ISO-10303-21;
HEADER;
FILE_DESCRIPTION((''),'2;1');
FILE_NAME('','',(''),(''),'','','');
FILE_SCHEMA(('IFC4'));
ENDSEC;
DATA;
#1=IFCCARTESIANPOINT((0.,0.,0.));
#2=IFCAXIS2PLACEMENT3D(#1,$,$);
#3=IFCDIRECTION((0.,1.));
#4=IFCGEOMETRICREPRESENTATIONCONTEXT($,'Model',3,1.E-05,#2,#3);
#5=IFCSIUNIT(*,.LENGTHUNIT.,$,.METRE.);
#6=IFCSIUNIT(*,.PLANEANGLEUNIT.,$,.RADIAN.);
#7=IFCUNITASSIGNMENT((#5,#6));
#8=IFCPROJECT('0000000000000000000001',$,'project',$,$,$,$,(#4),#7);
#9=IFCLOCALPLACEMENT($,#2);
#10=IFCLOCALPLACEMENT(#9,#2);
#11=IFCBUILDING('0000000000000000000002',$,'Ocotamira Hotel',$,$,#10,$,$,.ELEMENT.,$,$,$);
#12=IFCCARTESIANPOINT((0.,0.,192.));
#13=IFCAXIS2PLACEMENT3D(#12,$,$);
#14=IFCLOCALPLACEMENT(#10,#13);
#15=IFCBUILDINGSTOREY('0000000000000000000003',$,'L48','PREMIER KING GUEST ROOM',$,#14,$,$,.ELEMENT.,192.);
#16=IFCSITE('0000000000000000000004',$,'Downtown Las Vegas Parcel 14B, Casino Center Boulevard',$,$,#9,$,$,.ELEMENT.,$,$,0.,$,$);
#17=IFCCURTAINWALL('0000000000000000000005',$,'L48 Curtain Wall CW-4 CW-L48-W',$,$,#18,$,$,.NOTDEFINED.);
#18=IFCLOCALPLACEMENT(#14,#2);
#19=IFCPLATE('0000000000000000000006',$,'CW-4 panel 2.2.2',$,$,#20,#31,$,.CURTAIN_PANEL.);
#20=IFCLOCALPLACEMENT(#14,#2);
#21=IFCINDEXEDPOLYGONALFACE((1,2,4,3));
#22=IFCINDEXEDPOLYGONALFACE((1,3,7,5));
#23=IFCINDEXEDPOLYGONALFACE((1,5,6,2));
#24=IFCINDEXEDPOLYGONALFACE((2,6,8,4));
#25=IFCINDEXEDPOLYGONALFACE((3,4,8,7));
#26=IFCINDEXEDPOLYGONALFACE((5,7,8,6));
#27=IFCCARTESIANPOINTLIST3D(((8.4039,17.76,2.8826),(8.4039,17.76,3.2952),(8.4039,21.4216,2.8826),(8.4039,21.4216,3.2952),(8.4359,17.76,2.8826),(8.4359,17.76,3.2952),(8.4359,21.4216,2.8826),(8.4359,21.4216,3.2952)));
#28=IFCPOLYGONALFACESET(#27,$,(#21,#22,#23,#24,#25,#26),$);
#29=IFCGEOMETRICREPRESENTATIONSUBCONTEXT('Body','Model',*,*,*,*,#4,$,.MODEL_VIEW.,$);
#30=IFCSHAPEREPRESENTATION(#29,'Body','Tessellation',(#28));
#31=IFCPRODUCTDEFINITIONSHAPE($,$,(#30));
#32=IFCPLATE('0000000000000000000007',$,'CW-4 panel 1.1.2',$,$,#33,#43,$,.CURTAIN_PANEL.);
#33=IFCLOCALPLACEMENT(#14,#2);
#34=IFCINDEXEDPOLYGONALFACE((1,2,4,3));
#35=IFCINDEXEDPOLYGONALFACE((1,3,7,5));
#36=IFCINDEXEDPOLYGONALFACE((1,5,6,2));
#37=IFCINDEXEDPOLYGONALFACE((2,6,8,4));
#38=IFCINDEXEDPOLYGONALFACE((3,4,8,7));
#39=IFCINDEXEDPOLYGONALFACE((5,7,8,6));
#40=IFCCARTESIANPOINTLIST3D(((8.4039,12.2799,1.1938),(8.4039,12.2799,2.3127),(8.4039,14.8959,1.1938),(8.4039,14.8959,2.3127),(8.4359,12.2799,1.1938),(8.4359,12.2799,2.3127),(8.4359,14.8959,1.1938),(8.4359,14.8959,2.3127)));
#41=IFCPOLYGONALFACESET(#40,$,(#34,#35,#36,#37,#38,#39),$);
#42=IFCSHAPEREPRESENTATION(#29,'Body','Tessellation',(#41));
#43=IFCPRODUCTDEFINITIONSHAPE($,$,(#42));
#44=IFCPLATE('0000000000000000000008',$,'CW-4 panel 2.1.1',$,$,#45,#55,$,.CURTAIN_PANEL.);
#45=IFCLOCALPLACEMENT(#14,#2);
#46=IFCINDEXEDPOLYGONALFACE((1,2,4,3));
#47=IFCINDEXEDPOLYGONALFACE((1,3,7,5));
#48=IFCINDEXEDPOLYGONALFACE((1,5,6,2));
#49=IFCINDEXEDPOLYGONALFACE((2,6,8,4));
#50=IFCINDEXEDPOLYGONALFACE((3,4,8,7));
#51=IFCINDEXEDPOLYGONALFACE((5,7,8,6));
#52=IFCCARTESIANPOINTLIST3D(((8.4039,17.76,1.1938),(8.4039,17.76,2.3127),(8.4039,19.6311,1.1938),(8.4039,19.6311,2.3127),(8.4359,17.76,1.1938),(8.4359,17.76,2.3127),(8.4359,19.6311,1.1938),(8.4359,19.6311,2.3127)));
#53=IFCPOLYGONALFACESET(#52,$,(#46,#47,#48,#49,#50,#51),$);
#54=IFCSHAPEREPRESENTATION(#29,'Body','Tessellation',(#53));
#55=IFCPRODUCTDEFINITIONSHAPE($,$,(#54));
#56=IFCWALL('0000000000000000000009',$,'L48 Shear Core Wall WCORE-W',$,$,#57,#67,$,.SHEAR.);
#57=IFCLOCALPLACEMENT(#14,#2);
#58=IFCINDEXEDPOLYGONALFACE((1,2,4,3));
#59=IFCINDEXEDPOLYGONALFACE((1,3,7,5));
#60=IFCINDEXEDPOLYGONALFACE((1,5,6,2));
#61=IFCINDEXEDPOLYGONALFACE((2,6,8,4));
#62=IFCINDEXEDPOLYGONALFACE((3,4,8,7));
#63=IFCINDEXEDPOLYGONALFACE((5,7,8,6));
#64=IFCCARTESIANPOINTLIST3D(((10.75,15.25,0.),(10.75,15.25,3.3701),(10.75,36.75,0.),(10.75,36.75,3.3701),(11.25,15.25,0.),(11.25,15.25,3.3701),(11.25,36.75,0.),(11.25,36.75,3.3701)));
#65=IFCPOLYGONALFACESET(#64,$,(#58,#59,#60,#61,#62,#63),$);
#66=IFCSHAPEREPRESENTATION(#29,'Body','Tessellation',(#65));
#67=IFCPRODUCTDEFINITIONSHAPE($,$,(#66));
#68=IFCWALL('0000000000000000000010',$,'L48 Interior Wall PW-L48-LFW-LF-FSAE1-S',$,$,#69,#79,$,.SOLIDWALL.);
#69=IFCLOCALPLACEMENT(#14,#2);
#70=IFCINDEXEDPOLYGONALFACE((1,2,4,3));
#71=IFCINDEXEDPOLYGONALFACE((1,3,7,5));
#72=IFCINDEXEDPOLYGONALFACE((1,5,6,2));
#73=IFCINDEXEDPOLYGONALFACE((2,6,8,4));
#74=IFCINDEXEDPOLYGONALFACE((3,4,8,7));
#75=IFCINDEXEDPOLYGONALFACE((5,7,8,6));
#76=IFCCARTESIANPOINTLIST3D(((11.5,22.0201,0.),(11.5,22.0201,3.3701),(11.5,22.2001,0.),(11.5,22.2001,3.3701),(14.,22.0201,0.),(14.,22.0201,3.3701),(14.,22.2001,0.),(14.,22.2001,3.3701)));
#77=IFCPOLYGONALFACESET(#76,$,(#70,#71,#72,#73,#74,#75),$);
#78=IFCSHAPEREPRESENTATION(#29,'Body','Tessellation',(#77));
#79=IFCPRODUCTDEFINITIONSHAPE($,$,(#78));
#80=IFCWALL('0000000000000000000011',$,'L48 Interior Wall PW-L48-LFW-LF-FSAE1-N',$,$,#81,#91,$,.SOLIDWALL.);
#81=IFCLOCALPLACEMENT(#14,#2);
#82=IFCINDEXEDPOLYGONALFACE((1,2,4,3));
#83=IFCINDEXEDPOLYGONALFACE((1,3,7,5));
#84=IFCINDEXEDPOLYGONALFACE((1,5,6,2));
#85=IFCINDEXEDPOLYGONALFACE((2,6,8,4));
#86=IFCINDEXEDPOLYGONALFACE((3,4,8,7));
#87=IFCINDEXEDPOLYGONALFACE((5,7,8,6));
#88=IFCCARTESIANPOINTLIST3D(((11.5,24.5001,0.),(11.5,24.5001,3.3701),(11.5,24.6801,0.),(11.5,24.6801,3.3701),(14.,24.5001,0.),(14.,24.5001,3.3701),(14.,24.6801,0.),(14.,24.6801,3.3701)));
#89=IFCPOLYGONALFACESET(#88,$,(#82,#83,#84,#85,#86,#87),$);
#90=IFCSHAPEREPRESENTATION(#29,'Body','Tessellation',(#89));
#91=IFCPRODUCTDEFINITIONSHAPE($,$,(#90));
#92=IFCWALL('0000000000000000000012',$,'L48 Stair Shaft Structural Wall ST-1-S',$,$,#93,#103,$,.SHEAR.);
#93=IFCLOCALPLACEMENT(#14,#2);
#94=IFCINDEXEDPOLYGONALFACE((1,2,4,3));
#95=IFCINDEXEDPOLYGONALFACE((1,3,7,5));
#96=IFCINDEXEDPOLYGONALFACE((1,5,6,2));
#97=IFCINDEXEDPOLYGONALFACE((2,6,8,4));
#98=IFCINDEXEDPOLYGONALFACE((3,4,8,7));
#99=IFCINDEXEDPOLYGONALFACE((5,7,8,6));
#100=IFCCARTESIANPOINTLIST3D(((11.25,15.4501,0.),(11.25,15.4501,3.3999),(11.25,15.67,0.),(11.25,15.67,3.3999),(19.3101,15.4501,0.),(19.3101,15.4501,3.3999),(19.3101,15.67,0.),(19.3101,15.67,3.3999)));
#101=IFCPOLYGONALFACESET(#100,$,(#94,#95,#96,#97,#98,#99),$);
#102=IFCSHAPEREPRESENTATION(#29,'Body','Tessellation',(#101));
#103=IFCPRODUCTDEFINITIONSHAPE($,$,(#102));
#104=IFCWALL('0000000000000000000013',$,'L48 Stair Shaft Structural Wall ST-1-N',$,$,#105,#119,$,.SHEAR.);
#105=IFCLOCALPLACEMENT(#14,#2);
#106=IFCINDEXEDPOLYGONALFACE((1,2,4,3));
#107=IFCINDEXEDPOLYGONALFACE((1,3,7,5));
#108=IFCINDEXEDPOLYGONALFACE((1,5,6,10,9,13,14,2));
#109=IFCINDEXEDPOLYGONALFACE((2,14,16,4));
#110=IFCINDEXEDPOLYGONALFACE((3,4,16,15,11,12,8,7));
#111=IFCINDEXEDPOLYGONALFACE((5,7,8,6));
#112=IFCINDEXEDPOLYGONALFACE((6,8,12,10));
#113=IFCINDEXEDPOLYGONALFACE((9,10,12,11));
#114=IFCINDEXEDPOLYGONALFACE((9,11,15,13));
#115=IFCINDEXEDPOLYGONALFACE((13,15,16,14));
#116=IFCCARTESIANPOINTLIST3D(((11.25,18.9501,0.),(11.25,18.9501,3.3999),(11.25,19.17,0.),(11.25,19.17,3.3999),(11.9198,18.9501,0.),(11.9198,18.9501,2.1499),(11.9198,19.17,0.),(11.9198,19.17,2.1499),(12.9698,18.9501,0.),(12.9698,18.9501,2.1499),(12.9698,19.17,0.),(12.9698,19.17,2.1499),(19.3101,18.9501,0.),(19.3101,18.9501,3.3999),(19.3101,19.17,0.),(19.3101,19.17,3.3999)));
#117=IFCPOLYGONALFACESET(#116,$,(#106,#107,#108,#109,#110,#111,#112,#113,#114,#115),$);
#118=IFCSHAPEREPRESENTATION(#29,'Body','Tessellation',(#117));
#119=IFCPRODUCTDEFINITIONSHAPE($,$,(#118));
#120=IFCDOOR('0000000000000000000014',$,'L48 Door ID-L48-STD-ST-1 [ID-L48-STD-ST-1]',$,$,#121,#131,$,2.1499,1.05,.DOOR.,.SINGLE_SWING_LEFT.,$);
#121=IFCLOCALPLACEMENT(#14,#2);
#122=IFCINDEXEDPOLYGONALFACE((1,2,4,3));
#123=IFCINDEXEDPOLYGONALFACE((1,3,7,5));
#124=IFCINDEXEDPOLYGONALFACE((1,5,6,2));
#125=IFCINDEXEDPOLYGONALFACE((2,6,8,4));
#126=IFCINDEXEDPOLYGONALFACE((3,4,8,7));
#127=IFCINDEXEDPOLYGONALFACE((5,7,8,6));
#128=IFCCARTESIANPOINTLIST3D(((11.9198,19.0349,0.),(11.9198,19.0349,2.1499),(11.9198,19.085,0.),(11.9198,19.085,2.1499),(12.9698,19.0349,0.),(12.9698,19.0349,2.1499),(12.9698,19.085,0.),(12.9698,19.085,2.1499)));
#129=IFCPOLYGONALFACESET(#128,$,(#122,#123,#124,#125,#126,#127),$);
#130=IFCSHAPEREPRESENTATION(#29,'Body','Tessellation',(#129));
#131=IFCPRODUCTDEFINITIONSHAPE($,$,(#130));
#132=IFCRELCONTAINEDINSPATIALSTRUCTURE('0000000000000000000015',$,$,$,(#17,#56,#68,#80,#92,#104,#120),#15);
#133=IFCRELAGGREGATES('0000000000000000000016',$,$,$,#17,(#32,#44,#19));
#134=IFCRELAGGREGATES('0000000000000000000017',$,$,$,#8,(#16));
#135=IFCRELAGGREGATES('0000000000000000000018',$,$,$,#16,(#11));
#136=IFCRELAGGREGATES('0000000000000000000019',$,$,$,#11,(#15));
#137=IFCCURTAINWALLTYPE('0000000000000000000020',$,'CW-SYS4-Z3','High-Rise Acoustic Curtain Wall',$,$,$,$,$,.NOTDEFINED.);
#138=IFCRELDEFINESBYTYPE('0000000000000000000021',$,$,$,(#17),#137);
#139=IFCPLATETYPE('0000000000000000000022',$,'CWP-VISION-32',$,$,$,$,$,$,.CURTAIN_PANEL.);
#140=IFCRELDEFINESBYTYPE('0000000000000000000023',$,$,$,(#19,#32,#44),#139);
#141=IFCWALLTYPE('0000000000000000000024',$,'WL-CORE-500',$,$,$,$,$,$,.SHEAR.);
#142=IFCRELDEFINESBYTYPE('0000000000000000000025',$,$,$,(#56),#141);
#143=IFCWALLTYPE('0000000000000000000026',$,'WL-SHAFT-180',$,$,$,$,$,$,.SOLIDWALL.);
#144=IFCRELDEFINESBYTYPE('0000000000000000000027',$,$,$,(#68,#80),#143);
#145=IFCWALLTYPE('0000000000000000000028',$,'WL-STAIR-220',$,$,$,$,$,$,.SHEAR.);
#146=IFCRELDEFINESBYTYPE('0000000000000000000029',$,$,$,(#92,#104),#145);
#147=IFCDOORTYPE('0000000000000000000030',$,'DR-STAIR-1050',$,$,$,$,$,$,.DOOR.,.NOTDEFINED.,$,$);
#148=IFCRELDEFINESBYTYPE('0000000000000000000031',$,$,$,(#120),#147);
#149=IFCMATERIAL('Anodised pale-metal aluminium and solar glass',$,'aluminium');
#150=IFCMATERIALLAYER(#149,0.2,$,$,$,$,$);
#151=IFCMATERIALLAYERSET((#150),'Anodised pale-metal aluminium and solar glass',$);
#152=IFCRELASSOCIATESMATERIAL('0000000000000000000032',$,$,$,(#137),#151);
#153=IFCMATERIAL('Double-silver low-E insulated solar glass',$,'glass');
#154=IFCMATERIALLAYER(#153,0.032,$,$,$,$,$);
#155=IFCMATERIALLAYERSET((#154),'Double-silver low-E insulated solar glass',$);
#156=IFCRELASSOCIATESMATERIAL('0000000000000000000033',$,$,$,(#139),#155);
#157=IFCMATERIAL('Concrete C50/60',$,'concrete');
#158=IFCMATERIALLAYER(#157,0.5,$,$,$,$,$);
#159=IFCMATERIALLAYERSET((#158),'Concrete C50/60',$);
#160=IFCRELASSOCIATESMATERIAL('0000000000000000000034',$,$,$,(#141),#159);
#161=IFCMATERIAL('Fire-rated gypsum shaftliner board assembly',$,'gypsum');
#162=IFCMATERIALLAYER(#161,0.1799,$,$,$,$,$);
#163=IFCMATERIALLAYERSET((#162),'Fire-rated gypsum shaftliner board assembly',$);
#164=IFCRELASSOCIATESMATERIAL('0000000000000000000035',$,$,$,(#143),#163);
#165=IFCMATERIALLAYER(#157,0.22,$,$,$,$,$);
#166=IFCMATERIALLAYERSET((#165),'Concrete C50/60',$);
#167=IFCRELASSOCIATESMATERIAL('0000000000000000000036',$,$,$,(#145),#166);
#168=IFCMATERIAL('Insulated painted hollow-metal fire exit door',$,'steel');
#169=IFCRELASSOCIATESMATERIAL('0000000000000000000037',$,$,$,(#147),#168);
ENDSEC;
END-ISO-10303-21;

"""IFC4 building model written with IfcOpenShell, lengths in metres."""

from ifc_helpers import new_model, si_unit, direction, frame, frame_2d, origin, origin_2d, place, context, subcontext, project, spatial, rectangle, extrude, source, transform, mapped, material, layer, layer_set, type_object, element, fill, aggregate, save


model = new_model("IFC4")

# Units and contexts
model_context = context("Model", 3, precision=1e-05, world=origin(), true_north=direction((0.0, 1.0)))
body_context = subcontext(model_context, "Body", "Model", "MODEL_VIEW")
ifc_project = project(units=[si_unit("LENGTHUNIT", "METRE"), si_unit("PLANEANGLEUNIT", "RADIAN")], contexts=[model_context])

# Site, building, storey
site_placement = place(None, origin())
site = spatial("IfcSite", under=ifc_project, at=site_placement, Name="Downtown Las Vegas Parcel 14B, Casino Center Boulevard", CompositionType="ELEMENT", RefElevation=0.0)
building_placement = place(site_placement, origin())
building = spatial("IfcBuilding", under=site, at=building_placement, Name="Ocotamira Hotel", CompositionType="ELEMENT")
storey_placement = place(building_placement, frame((0.0, 0.0, 192.0)))
storey = spatial("IfcBuildingStorey", under=building, at=storey_placement, Name="L48", Description="PREMIER KING GUEST ROOM", CompositionType="ELEMENT", Elevation=192.0)

# Shared definitions
ifc_material_1 = material(Name="Concrete C50/60", Category="concrete")

# Curtain wall
ifc_material_2 = material(Name="Anodised pale-metal aluminium and solar glass", Category="aluminium")
ifc_layer_1 = layer(ifc_material_2, 0.2)
ifc_layer_set_1 = layer_set([ifc_layer_1], Name="Anodised pale-metal aluminium and solar glass")
curtain_wall_type = type_object("IfcCurtainWallType", Name="CW-SYS4-Z3", Description="High-Rise Acoustic Curtain Wall", PredefinedType="NOTDEFINED", material=ifc_layer_set_1)
curtain_wall_placement = place(storey_placement, origin())
curtain_wall = element("IfcCurtainWall", 1, at=curtain_wall_placement, inside=storey, type_object=curtain_wall_type, Name="L48 Curtain Wall CW-4 CW-L48-W", PredefinedType="NOTDEFINED")

# Plates
ifc_material_3 = material(Name="Double-silver low-E insulated solar glass", Category="glass")
ifc_layer_2 = layer(ifc_material_3, 0.032)
ifc_layer_set_2 = layer_set([ifc_layer_2], Name="Double-silver low-E insulated solar glass")
plate_type_1 = type_object("IfcPlateType", Name="CWP-VISION-32", PredefinedType="CURTAIN_PANEL", material=ifc_layer_set_2)
shared_shape_1 = source(origin(), body_context, "Body", "SweptSolid", [
    extrude(rectangle(XDim=3.6616, YDim=0.032, at=origin_2d()), origin(), (0.0, 0.0, 1.0), 0.4126),
])
plate_1_placement = place(storey_placement, frame((8.4199, 19.5908, 2.8826), z_axis=(0.0, 0.0, 1.0), x_axis=(0.0, 1.0, 0.0)))
plate_1 = element("IfcPlate", 2, at=plate_1_placement, type_object=plate_type_1, Name="CW-4 panel 2.2.2", PredefinedType="CURTAIN_PANEL", context=body_context, shape_type="MappedRepresentation", body=[
    mapped(shared_shape_1, transform((0.0, 0.0, 0.0), scale=1.0)),
])
shared_shape_2 = source(origin(), body_context, "Body", "SweptSolid", [
    extrude(rectangle(XDim=2.616, YDim=0.032, at=origin_2d()), origin(), (0.0, 0.0, 1.0), 1.1189),
])
plate_2_placement = place(storey_placement, frame((8.4199, 13.5879, 1.1938), z_axis=(0.0, 0.0, 1.0), x_axis=(0.0, 1.0, 0.0)))
plate_2 = element("IfcPlate", 3, at=plate_2_placement, type_object=plate_type_1, Name="CW-4 panel 1.1.2", PredefinedType="CURTAIN_PANEL", context=body_context, shape_type="MappedRepresentation", body=[
    mapped(shared_shape_2, transform((0.0, 0.0, 0.0), scale=1.0)),
])
shared_shape_3 = source(origin(), body_context, "Body", "SweptSolid", [
    extrude(rectangle(XDim=1.8711, YDim=0.032, at=origin_2d()), origin(), (0.0, 0.0, 1.0), 1.1189),
])
plate_3_placement = place(storey_placement, frame((8.4199, 18.6956, 1.1938), z_axis=(0.0, 0.0, 1.0), x_axis=(0.0, 1.0, 0.0)))
plate_3 = element("IfcPlate", 4, at=plate_3_placement, type_object=plate_type_1, Name="CW-4 panel 2.1.1", PredefinedType="CURTAIN_PANEL", context=body_context, shape_type="MappedRepresentation", body=[
    mapped(shared_shape_3, transform((0.0, 0.0, 0.0), scale=1.0)),
])
aggregate(curtain_wall, [plate_2, plate_3, plate_1])

# Shared definitions
ifc_layer_3 = layer(ifc_material_1, 0.5)
ifc_layer_set_3 = layer_set([ifc_layer_3], Name="Concrete C50/60")
wall_type_1 = type_object("IfcWallType", Name="WL-CORE-500", PredefinedType="SHEAR", material=ifc_layer_set_3)

# Wall
wall_1_placement = place(storey_placement, frame((11.0, 15.25, 0.0), z_axis=(0.0, 0.0, 1.0), x_axis=(0.0, 1.0, 0.0)))
element("IfcWall", 5, at=wall_1_placement, inside=storey, type_object=wall_type_1, Name="L48 Shear Core Wall WCORE-W", PredefinedType="SHEAR", context=body_context, shape_type="SweptSolid", body=[
    extrude(rectangle(XDim=21.5, YDim=0.5, at=frame_2d((10.75, 0.0))), origin(), (0.0, 0.0, 1.0), 3.3701),
])

# Walls
ifc_material_4 = material(Name="Fire-rated gypsum shaftliner board assembly", Category="gypsum")
ifc_layer_4 = layer(ifc_material_4, 0.1799)
ifc_layer_set_4 = layer_set([ifc_layer_4], Name="Fire-rated gypsum shaftliner board assembly")
wall_type_2 = type_object("IfcWallType", Name="WL-SHAFT-180", PredefinedType="SOLIDWALL", material=ifc_layer_set_4)
for number, where, z_axis, x_axis, name in (
    (6, (11.5, 22.1101, 0.0), (0.0, 0.0, 1.0), (1.0, 0.0, 0.0), "L48 Interior Wall PW-L48-LFW-LF-FSAE1-S"),
    (7, (11.5, 24.5901, 0.0), (0.0, 0.0, 1.0), (1.0, 0.0, 0.0), "L48 Interior Wall PW-L48-LFW-LF-FSAE1-N"),
):
    element("IfcWall", number, at=place(storey_placement, frame(where, z_axis=z_axis, x_axis=x_axis)), inside=storey, type_object=wall_type_2, Name=name, PredefinedType="SOLIDWALL", context=body_context, shape_type="SweptSolid", body=[
        extrude(rectangle(XDim=2.5, YDim=0.1799, at=frame_2d((1.25, 0.0))), origin(), (0.0, 0.0, 1.0), 3.3701),
    ])
ifc_layer_5 = layer(ifc_material_1, 0.22)
ifc_layer_set_5 = layer_set([ifc_layer_5], Name="Concrete C50/60")
wall_type_3 = type_object("IfcWallType", Name="WL-STAIR-220", PredefinedType="SHEAR", material=ifc_layer_set_5)
wall_2_placement = place(storey_placement, frame((11.25, 15.5601, 0.0), z_axis=(0.0, 0.0, 1.0), x_axis=(1.0, 0.0, 0.0)))
element("IfcWall", 8, at=wall_2_placement, inside=storey, type_object=wall_type_3, Name="L48 Stair Shaft Structural Wall ST-1-S", PredefinedType="SHEAR", context=body_context, shape_type="SweptSolid", body=[
    extrude(rectangle(XDim=8.0601, YDim=0.22, at=frame_2d((4.03, 0.0))), origin(), (0.0, 0.0, 1.0), 3.3999),
])

# Wall, opening, door
wall_3_placement = place(storey_placement, frame((11.25, 19.0601, 0.0), z_axis=(0.0, 0.0, 1.0), x_axis=(1.0, 0.0, 0.0)))
wall_3 = element("IfcWall", 9, at=wall_3_placement, inside=storey, type_object=wall_type_3, Name="L48 Stair Shaft Structural Wall ST-1-N", PredefinedType="SHEAR", context=body_context, shape_type="SweptSolid", body=[
    extrude(rectangle(XDim=8.0601, YDim=0.22, at=frame_2d((4.03, 0.0))), origin(), (0.0, 0.0, 1.0), 3.3999),
])
opening_1_placement = place(wall_3_placement, frame((0.6699, 0.0, 0.0)))
opening_1 = element("IfcOpeningElement", 10, at=opening_1_placement, cuts=wall_3, PredefinedType="OPENING", context=body_context, shape_type="SweptSolid", body=[
    extrude(rectangle(XDim=1.05, YDim=2.1499, at=frame_2d((0.5249, 1.075))), frame((0.0, 0.1201, 0.0), z_axis=(0.0, -1.0, 0.0), x_axis=(1.0, 0.0, 0.0)), (0.0, 0.0, 1.0), 0.24),
])
ifc_material_5 = material(Name="Insulated painted hollow-metal fire exit door", Category="steel")
door_type_1 = type_object("IfcDoorType", Name="DR-STAIR-1050", OperationType="NOTDEFINED", PredefinedType="DOOR", material=ifc_material_5)
shared_shape_4 = source(origin(), body_context, "Body", "SweptSolid", [
    extrude(rectangle(XDim=1.05, YDim=2.1499, at=frame_2d((0.5249, 1.075))), frame((0.0, 0.0249, 0.0), z_axis=(0.0, -1.0, 0.0), x_axis=(1.0, 0.0, 0.0)), (0.0, 0.0, 1.0), 0.05),
])
door_1_placement = place(opening_1_placement, origin())
door_1 = element("IfcDoor", 11, at=door_1_placement, inside=storey, type_object=door_type_1, Name="L48 Door ID-L48-STD-ST-1 [ID-L48-STD-ST-1]", OperationType="SINGLE_SWING_LEFT", OverallHeight=2.1499, OverallWidth=1.05, PredefinedType="DOOR", context=body_context, shape_type="MappedRepresentation", body=[
    mapped(shared_shape_4, transform((0.0, 0.0, 0.0), scale=1.0)),
])
fill(opening_1, door_1)

save(model, "model.ifc")
